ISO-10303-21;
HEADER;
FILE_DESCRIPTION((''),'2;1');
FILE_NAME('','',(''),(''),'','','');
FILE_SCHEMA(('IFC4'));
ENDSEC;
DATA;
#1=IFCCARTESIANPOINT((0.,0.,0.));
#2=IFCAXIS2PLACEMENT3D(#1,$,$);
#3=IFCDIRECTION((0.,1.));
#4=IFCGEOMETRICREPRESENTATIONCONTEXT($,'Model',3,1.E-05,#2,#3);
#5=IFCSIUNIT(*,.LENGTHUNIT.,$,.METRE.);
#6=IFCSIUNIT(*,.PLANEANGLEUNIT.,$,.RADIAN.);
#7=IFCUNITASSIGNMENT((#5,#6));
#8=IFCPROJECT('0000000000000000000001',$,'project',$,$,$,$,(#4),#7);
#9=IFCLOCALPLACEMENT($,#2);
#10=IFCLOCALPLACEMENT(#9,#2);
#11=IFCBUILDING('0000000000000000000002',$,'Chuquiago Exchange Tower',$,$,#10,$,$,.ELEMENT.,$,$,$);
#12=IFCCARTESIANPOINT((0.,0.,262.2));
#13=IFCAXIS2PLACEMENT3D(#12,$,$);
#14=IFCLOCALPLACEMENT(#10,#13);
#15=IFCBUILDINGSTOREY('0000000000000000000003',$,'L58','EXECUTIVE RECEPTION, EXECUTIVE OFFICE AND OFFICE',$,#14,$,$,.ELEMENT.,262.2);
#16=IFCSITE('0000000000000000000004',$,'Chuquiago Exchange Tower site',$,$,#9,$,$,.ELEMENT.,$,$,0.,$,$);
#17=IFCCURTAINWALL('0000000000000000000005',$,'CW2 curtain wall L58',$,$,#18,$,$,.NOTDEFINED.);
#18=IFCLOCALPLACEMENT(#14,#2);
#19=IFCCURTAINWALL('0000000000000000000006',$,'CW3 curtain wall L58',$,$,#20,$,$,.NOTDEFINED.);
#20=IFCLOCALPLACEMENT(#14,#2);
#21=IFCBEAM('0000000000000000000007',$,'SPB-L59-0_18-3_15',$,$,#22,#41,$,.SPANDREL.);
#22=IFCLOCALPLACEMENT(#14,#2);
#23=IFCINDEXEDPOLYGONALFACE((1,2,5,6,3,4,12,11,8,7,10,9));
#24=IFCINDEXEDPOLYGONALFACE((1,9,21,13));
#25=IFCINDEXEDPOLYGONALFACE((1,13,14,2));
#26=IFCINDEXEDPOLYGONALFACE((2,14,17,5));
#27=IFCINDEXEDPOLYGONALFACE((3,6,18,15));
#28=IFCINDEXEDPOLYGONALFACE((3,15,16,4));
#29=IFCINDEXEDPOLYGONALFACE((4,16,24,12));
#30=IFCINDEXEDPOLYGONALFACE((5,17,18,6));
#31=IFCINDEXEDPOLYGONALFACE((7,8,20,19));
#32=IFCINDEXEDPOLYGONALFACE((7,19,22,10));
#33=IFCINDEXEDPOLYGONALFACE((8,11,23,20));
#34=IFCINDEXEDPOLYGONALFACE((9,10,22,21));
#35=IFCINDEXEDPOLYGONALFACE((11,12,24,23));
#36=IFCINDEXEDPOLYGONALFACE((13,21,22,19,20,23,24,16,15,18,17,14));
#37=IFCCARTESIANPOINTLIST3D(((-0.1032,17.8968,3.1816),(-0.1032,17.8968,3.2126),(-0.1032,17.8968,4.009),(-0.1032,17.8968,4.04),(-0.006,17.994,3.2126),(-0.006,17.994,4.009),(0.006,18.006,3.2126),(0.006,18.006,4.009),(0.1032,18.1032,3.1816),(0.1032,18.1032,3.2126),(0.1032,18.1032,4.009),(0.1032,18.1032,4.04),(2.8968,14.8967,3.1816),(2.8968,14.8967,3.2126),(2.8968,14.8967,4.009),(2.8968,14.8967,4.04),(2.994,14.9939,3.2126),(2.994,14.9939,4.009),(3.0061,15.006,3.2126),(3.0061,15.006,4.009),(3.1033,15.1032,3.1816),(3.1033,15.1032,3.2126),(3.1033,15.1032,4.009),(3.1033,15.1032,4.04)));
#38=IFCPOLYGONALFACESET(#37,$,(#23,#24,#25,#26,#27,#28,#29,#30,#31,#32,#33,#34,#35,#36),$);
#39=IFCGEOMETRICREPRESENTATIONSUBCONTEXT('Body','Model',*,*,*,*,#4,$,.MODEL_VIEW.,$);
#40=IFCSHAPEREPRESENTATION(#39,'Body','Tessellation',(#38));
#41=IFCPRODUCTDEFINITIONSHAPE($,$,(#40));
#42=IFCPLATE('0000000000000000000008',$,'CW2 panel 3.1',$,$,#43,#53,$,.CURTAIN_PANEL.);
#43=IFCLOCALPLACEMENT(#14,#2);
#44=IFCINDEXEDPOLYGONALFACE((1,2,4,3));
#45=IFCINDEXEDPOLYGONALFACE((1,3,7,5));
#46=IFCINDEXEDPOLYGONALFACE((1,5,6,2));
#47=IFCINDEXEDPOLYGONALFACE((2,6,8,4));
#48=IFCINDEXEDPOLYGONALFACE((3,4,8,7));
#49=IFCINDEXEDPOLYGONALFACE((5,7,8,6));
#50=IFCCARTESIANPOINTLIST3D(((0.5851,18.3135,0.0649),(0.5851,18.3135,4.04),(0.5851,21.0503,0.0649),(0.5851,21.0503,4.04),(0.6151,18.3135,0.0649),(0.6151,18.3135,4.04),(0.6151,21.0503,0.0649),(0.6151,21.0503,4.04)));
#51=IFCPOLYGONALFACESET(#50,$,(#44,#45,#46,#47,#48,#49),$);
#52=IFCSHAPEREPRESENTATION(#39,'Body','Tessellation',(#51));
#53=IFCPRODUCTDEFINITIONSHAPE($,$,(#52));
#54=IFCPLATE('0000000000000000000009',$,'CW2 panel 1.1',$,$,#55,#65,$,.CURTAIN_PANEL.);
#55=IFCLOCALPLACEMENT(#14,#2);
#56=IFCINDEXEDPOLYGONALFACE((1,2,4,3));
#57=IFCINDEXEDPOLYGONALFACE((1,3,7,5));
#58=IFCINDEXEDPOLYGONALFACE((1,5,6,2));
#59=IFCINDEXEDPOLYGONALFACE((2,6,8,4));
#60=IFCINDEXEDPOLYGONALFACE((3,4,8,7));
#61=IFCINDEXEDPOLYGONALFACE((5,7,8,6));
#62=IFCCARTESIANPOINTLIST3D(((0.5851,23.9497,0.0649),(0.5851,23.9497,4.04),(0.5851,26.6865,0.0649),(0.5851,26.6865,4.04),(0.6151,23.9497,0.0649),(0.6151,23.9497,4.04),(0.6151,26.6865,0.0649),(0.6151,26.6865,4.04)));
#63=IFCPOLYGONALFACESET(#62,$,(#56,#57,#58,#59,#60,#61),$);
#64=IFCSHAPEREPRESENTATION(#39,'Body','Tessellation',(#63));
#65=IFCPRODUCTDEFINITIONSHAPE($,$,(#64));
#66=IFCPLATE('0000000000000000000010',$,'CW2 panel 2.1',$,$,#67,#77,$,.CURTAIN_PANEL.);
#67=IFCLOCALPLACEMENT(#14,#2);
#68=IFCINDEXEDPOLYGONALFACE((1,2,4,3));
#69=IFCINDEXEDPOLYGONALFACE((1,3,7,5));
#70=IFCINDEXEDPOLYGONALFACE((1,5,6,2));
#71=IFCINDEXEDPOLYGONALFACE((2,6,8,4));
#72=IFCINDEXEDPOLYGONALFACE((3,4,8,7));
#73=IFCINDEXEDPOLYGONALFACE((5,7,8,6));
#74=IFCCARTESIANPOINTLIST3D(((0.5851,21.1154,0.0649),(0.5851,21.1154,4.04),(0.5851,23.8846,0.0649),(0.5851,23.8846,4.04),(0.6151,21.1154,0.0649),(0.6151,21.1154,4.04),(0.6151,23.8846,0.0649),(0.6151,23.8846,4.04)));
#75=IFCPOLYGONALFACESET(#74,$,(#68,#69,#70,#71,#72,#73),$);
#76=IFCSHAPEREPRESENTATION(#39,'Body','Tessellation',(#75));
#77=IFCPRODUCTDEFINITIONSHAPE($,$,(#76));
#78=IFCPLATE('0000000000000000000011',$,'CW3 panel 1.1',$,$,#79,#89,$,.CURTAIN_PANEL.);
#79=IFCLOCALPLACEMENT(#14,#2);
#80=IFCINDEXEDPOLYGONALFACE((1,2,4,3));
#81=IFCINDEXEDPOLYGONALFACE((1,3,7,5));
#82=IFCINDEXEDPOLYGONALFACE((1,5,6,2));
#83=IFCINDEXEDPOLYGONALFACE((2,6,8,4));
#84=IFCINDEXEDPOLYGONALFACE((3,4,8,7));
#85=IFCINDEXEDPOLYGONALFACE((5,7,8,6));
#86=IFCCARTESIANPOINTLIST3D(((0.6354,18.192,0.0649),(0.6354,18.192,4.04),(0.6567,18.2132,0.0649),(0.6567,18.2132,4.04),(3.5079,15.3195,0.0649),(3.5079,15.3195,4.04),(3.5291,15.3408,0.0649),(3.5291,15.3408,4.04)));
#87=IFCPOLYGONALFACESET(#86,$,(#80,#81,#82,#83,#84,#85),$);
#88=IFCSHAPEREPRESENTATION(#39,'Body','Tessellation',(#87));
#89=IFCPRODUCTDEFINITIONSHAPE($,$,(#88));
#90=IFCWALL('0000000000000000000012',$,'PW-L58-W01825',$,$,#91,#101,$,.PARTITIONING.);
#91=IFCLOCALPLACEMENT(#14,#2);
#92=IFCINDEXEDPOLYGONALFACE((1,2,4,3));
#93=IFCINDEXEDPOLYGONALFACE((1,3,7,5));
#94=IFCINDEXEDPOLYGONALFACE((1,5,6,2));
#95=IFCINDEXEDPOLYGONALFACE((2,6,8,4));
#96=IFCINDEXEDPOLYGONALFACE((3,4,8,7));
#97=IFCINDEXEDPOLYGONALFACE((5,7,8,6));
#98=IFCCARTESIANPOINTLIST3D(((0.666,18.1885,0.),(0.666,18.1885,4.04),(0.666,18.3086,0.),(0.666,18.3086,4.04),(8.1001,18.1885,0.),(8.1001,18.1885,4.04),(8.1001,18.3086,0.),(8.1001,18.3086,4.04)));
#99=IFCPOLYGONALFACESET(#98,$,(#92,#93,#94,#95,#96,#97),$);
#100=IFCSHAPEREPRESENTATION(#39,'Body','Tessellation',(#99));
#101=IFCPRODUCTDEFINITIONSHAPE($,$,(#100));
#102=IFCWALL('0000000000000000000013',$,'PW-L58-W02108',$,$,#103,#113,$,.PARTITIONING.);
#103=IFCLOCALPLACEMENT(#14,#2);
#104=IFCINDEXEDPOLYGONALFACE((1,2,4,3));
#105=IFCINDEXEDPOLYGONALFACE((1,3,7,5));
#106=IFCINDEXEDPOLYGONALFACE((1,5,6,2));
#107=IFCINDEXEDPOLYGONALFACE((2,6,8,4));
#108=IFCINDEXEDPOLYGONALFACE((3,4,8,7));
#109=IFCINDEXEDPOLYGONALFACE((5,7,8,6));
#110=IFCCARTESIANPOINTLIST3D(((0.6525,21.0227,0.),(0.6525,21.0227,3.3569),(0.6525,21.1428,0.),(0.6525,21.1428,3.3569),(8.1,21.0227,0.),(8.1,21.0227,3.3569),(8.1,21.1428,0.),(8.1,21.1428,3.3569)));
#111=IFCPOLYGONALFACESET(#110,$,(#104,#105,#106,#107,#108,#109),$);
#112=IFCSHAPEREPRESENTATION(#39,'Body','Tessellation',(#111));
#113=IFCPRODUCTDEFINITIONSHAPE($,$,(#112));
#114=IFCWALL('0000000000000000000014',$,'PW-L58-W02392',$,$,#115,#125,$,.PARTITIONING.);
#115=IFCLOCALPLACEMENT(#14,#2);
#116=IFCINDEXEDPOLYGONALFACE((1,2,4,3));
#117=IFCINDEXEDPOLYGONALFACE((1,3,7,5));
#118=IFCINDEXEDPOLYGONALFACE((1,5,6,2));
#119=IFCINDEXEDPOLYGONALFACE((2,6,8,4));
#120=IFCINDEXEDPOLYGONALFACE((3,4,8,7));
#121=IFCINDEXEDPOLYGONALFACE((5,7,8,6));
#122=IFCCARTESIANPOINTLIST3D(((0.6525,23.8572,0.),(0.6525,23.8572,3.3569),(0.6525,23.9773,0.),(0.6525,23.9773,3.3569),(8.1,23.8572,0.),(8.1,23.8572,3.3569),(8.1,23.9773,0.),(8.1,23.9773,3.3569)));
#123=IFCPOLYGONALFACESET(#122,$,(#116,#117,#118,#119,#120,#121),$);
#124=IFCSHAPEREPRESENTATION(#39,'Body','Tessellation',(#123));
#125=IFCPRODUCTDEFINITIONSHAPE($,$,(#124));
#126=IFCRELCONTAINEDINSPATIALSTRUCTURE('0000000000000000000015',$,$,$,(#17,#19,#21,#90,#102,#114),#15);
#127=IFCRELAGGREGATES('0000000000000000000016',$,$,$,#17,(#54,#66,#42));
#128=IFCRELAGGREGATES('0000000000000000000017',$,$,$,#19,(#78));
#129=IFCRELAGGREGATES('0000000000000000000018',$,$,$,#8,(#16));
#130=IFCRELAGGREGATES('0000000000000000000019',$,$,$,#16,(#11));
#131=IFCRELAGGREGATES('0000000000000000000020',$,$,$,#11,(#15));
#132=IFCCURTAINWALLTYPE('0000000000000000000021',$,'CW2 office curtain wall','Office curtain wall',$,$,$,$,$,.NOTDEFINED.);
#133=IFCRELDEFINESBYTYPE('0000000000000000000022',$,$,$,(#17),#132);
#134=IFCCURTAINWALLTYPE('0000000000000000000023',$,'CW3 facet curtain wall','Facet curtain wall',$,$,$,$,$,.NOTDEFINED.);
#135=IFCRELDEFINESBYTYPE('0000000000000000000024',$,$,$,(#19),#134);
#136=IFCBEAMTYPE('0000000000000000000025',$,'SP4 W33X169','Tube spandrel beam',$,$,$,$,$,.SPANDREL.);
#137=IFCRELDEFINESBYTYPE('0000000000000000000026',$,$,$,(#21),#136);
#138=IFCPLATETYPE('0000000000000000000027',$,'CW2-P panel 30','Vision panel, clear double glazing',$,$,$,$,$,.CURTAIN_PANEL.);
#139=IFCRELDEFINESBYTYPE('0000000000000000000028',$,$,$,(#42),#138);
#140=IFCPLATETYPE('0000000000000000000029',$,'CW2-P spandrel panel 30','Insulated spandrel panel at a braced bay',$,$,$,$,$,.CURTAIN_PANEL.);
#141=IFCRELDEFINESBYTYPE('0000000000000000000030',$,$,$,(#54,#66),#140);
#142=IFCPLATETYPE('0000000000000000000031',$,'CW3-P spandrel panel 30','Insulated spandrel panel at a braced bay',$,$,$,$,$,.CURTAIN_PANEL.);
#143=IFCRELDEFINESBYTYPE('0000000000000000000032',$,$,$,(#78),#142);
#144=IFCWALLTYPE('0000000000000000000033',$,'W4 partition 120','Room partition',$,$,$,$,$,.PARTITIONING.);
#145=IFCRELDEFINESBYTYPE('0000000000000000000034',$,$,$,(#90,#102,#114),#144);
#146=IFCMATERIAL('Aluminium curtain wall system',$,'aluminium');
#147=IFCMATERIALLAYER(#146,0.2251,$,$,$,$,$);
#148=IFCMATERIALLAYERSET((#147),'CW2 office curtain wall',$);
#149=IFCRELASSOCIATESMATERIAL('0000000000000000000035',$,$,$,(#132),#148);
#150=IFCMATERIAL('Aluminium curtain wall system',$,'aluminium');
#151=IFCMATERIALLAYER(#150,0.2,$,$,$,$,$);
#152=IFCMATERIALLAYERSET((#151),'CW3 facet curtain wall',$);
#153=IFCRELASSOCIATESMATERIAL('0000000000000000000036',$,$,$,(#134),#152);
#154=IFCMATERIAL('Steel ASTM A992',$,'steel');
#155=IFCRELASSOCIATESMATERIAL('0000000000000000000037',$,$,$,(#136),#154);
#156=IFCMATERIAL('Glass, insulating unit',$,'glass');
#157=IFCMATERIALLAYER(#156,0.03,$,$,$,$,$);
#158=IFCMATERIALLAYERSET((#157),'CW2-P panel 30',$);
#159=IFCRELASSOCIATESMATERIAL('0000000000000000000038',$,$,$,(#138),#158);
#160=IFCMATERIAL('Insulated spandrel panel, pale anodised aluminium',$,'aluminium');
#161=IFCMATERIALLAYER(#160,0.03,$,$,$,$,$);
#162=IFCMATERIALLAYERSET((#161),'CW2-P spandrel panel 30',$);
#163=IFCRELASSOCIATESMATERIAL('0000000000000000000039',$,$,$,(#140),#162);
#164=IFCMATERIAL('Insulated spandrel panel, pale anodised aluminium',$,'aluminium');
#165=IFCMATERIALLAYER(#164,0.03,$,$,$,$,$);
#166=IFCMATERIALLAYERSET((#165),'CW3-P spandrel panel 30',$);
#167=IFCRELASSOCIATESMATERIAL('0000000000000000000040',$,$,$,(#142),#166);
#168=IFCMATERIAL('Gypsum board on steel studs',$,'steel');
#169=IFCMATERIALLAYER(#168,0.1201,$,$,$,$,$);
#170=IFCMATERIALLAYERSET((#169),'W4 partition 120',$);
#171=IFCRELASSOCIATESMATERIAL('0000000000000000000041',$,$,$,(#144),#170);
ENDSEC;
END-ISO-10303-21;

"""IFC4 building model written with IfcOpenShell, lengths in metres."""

from ifc_helpers import new_model, si_unit, direction, frame, frame_2d, origin, origin_2d, place, context, subcontext, project, spatial, rectangle, i_section, extrude, material, layer, layer_set, material_profile, profile_set, type_object, element, aggregate, save


model = new_model("IFC4")

# Units and contexts
model_context = context("Model", 3, precision=1e-05, world=origin(), true_north=direction((0.0, 1.0)))
body_context = subcontext(model_context, "Body", "Model", "MODEL_VIEW")
ifc_project = project(units=[si_unit("LENGTHUNIT", "METRE"), si_unit("PLANEANGLEUNIT", "RADIAN")], contexts=[model_context])

# Site, building, storey
site_placement = place(None, origin())
site = spatial("IfcSite", under=ifc_project, at=site_placement, Name="Chuquiago Exchange Tower site", CompositionType="ELEMENT", RefElevation=0.0)
building_placement = place(site_placement, origin())
building = spatial("IfcBuilding", under=site, at=building_placement, Name="Chuquiago Exchange Tower", CompositionType="ELEMENT")
storey_placement = place(building_placement, frame((0.0, 0.0, 262.2)))
storey = spatial("IfcBuildingStorey", under=building, at=storey_placement, Name="L58", Description="EXECUTIVE RECEPTION, EXECUTIVE OFFICE AND OFFICE", CompositionType="ELEMENT", Elevation=262.2)

# Curtain walls
ifc_material_1 = material(Name="Aluminium curtain wall system", Category="aluminium")
ifc_layer_1 = layer(ifc_material_1, 0.2251)
ifc_layer_set_1 = layer_set([ifc_layer_1], Name="CW2 office curtain wall")
curtain_wall_type_1 = type_object("IfcCurtainWallType", Name="CW2 office curtain wall", Description="Office curtain wall", PredefinedType="NOTDEFINED", material=ifc_layer_set_1)
curtain_wall_1_placement = place(storey_placement, origin())
curtain_wall_1 = element("IfcCurtainWall", 1, at=curtain_wall_1_placement, inside=storey, type_object=curtain_wall_type_1, Name="CW2 curtain wall L58", PredefinedType="NOTDEFINED")
ifc_material_2 = material(Name="Aluminium curtain wall system", Category="aluminium")
ifc_layer_2 = layer(ifc_material_2, 0.2)
ifc_layer_set_2 = layer_set([ifc_layer_2], Name="CW3 facet curtain wall")
curtain_wall_type_2 = type_object("IfcCurtainWallType", Name="CW3 facet curtain wall", Description="Facet curtain wall", PredefinedType="NOTDEFINED", material=ifc_layer_set_2)
curtain_wall_2_placement = place(storey_placement, origin())
curtain_wall_2 = element("IfcCurtainWall", 2, at=curtain_wall_2_placement, inside=storey, type_object=curtain_wall_type_2, Name="CW3 curtain wall L58", PredefinedType="NOTDEFINED")

# Beam
ifc_material_3 = material(Name="Steel ASTM A992", Category="steel")
ifc_material_profile_1 = material_profile(ifc_material_3, i_section(OverallWidth=0.292, OverallDepth=0.8584, WebThickness=0.0171, FlangeThickness=0.031, at=origin_2d()), Name="W33X169")
ifc_profile_set_1 = profile_set([ifc_material_profile_1], Name="Steel ASTM A992")
beam_type_1 = type_object("IfcBeamType", Name="SP4 W33X169", Description="Tube spandrel beam", PredefinedType="SPANDREL", material=ifc_profile_set_1)
beam_1_placement = place(storey_placement, frame((0.0, 18.0, 3.6108), z_axis=(0.707107, -0.707107, 0.0), x_axis=(0.707107, 0.707107, 0.0)))
element("IfcBeam", 3, at=beam_1_placement, inside=storey, type_object=beam_type_1, Name="SPB-L59-0_18-3_15", PredefinedType="SPANDREL", context=body_context, shape_type="SweptSolid", body=[
    extrude(i_section(OverallWidth=0.292, OverallDepth=0.8584, WebThickness=0.0171, FlangeThickness=0.031, at=origin_2d()), origin(), (0.0, 0.0, 1.0), 4.2427),
])

# Plates
ifc_material_4 = material(Name="Glass, insulating unit", Category="glass")
ifc_layer_3 = layer(ifc_material_4, 0.03)
ifc_layer_set_3 = layer_set([ifc_layer_3], Name="CW2-P panel 30")
plate_type_1 = type_object("IfcPlateType", Name="CW2-P panel 30", Description="Vision panel, clear double glazing", PredefinedType="CURTAIN_PANEL", material=ifc_layer_set_3)
plate_1_placement = place(storey_placement, frame((0.6001, 19.6819, 0.0649), z_axis=(0.0, 0.0, 1.0), x_axis=(0.0, -1.0, 0.0)))
plate_1 = element("IfcPlate", 4, at=plate_1_placement, type_object=plate_type_1, Name="CW2 panel 3.1", PredefinedType="CURTAIN_PANEL", context=body_context, shape_type="SweptSolid", body=[
    extrude(rectangle(XDim=2.7368, YDim=0.03, at=origin_2d()), origin(), (0.0, 0.0, 1.0), 3.9751),
])
ifc_material_5 = material(Name="Insulated spandrel panel, pale anodised aluminium", Category="aluminium")
ifc_layer_4 = layer(ifc_material_5, 0.03)
ifc_layer_set_4 = layer_set([ifc_layer_4], Name="CW2-P spandrel panel 30")
plate_type_2 = type_object("IfcPlateType", Name="CW2-P spandrel panel 30", Description="Insulated spandrel panel at a braced bay", PredefinedType="CURTAIN_PANEL", material=ifc_layer_set_4)
plate_2_placement = place(storey_placement, frame((0.6001, 25.3181, 0.0649), z_axis=(0.0, 0.0, 1.0), x_axis=(0.0, -1.0, 0.0)))
plate_2 = element("IfcPlate", 5, at=plate_2_placement, type_object=plate_type_2, Name="CW2 panel 1.1", PredefinedType="CURTAIN_PANEL", context=body_context, shape_type="SweptSolid", body=[
    extrude(rectangle(XDim=2.7368, YDim=0.03, at=origin_2d()), origin(), (0.0, 0.0, 1.0), 3.9751),
])
plate_3_placement = place(storey_placement, frame((0.6001, 22.5, 0.0649), z_axis=(0.0, 0.0, 1.0), x_axis=(0.0, -1.0, 0.0)))
plate_3 = element("IfcPlate", 6, at=plate_3_placement, type_object=plate_type_2, Name="CW2 panel 2.1", PredefinedType="CURTAIN_PANEL", context=body_context, shape_type="SweptSolid", body=[
    extrude(rectangle(XDim=2.7693, YDim=0.03, at=origin_2d()), origin(), (0.0, 0.0, 1.0), 3.9751),
])
aggregate(curtain_wall_1, [plate_2, plate_3, plate_1])
ifc_material_6 = material(Name="Insulated spandrel panel, pale anodised aluminium", Category="aluminium")
ifc_layer_5 = layer(ifc_material_6, 0.03)
ifc_layer_set_5 = layer_set([ifc_layer_5], Name="CW3-P spandrel panel 30")
plate_type_3 = type_object("IfcPlateType", Name="CW3-P spandrel panel 30", Description="Insulated spandrel panel at a braced bay", PredefinedType="CURTAIN_PANEL", material=ifc_layer_set_5)
plate_4_placement = place(storey_placement, frame((2.0823, 16.7664, 0.0649), z_axis=(0.0, 0.0, 1.0), x_axis=(0.707107, -0.707107, 0.0)))
plate_4 = element("IfcPlate", 7, at=plate_4_placement, type_object=plate_type_3, Name="CW3 panel 1.1", PredefinedType="CURTAIN_PANEL", context=body_context, shape_type="SweptSolid", body=[
    extrude(rectangle(XDim=4.0623, YDim=0.03, at=origin_2d()), origin(), (0.0, 0.0, 1.0), 3.9751),
])
aggregate(curtain_wall_2, [plate_4])

# Walls
ifc_material_7 = material(Name="Gypsum board on steel studs", Category="steel")
ifc_layer_6 = layer(ifc_material_7, 0.1201)
ifc_layer_set_6 = layer_set([ifc_layer_6], Name="W4 partition 120")
wall_type = type_object("IfcWallType", Name="W4 partition 120", Description="Room partition", PredefinedType="PARTITIONING", material=ifc_layer_set_6)
wall_1_placement = place(storey_placement, frame((0.666, 18.2485, 0.0), z_axis=(0.0, 0.0, 1.0), x_axis=(1.0, 0.0, 0.0)))
element("IfcWall", 8, at=wall_1_placement, inside=storey, type_object=wall_type, Name="PW-L58-W01825", PredefinedType="PARTITIONING", context=body_context, shape_type="SweptSolid", body=[
    extrude(rectangle(XDim=7.4341, YDim=0.1201, at=frame_2d((3.717, 0.0))), origin(), (0.0, 0.0, 1.0), 4.04),
])
for number, where, z_axis, x_axis, name in (
    (9, (0.6526, 21.0828, 0.0), (0.0, 0.0, 1.0), (1.0, 0.0, 0.0), "PW-L58-W02108"),
    (10, (0.6526, 23.9172, 0.0), (0.0, 0.0, 1.0), (1.0, 0.0, 0.0), "PW-L58-W02392"),
):
    element("IfcWall", number, at=place(storey_placement, frame(where, z_axis=z_axis, x_axis=x_axis)), inside=storey, type_object=wall_type, Name=name, PredefinedType="PARTITIONING", context=body_context, shape_type="SweptSolid", body=[
        extrude(rectangle(XDim=7.4475, YDim=0.1201, at=frame_2d((3.7236, 0.0))), origin(), (0.0, 0.0, 1.0), 3.3569),
    ])

save(model, "model.ifc")
